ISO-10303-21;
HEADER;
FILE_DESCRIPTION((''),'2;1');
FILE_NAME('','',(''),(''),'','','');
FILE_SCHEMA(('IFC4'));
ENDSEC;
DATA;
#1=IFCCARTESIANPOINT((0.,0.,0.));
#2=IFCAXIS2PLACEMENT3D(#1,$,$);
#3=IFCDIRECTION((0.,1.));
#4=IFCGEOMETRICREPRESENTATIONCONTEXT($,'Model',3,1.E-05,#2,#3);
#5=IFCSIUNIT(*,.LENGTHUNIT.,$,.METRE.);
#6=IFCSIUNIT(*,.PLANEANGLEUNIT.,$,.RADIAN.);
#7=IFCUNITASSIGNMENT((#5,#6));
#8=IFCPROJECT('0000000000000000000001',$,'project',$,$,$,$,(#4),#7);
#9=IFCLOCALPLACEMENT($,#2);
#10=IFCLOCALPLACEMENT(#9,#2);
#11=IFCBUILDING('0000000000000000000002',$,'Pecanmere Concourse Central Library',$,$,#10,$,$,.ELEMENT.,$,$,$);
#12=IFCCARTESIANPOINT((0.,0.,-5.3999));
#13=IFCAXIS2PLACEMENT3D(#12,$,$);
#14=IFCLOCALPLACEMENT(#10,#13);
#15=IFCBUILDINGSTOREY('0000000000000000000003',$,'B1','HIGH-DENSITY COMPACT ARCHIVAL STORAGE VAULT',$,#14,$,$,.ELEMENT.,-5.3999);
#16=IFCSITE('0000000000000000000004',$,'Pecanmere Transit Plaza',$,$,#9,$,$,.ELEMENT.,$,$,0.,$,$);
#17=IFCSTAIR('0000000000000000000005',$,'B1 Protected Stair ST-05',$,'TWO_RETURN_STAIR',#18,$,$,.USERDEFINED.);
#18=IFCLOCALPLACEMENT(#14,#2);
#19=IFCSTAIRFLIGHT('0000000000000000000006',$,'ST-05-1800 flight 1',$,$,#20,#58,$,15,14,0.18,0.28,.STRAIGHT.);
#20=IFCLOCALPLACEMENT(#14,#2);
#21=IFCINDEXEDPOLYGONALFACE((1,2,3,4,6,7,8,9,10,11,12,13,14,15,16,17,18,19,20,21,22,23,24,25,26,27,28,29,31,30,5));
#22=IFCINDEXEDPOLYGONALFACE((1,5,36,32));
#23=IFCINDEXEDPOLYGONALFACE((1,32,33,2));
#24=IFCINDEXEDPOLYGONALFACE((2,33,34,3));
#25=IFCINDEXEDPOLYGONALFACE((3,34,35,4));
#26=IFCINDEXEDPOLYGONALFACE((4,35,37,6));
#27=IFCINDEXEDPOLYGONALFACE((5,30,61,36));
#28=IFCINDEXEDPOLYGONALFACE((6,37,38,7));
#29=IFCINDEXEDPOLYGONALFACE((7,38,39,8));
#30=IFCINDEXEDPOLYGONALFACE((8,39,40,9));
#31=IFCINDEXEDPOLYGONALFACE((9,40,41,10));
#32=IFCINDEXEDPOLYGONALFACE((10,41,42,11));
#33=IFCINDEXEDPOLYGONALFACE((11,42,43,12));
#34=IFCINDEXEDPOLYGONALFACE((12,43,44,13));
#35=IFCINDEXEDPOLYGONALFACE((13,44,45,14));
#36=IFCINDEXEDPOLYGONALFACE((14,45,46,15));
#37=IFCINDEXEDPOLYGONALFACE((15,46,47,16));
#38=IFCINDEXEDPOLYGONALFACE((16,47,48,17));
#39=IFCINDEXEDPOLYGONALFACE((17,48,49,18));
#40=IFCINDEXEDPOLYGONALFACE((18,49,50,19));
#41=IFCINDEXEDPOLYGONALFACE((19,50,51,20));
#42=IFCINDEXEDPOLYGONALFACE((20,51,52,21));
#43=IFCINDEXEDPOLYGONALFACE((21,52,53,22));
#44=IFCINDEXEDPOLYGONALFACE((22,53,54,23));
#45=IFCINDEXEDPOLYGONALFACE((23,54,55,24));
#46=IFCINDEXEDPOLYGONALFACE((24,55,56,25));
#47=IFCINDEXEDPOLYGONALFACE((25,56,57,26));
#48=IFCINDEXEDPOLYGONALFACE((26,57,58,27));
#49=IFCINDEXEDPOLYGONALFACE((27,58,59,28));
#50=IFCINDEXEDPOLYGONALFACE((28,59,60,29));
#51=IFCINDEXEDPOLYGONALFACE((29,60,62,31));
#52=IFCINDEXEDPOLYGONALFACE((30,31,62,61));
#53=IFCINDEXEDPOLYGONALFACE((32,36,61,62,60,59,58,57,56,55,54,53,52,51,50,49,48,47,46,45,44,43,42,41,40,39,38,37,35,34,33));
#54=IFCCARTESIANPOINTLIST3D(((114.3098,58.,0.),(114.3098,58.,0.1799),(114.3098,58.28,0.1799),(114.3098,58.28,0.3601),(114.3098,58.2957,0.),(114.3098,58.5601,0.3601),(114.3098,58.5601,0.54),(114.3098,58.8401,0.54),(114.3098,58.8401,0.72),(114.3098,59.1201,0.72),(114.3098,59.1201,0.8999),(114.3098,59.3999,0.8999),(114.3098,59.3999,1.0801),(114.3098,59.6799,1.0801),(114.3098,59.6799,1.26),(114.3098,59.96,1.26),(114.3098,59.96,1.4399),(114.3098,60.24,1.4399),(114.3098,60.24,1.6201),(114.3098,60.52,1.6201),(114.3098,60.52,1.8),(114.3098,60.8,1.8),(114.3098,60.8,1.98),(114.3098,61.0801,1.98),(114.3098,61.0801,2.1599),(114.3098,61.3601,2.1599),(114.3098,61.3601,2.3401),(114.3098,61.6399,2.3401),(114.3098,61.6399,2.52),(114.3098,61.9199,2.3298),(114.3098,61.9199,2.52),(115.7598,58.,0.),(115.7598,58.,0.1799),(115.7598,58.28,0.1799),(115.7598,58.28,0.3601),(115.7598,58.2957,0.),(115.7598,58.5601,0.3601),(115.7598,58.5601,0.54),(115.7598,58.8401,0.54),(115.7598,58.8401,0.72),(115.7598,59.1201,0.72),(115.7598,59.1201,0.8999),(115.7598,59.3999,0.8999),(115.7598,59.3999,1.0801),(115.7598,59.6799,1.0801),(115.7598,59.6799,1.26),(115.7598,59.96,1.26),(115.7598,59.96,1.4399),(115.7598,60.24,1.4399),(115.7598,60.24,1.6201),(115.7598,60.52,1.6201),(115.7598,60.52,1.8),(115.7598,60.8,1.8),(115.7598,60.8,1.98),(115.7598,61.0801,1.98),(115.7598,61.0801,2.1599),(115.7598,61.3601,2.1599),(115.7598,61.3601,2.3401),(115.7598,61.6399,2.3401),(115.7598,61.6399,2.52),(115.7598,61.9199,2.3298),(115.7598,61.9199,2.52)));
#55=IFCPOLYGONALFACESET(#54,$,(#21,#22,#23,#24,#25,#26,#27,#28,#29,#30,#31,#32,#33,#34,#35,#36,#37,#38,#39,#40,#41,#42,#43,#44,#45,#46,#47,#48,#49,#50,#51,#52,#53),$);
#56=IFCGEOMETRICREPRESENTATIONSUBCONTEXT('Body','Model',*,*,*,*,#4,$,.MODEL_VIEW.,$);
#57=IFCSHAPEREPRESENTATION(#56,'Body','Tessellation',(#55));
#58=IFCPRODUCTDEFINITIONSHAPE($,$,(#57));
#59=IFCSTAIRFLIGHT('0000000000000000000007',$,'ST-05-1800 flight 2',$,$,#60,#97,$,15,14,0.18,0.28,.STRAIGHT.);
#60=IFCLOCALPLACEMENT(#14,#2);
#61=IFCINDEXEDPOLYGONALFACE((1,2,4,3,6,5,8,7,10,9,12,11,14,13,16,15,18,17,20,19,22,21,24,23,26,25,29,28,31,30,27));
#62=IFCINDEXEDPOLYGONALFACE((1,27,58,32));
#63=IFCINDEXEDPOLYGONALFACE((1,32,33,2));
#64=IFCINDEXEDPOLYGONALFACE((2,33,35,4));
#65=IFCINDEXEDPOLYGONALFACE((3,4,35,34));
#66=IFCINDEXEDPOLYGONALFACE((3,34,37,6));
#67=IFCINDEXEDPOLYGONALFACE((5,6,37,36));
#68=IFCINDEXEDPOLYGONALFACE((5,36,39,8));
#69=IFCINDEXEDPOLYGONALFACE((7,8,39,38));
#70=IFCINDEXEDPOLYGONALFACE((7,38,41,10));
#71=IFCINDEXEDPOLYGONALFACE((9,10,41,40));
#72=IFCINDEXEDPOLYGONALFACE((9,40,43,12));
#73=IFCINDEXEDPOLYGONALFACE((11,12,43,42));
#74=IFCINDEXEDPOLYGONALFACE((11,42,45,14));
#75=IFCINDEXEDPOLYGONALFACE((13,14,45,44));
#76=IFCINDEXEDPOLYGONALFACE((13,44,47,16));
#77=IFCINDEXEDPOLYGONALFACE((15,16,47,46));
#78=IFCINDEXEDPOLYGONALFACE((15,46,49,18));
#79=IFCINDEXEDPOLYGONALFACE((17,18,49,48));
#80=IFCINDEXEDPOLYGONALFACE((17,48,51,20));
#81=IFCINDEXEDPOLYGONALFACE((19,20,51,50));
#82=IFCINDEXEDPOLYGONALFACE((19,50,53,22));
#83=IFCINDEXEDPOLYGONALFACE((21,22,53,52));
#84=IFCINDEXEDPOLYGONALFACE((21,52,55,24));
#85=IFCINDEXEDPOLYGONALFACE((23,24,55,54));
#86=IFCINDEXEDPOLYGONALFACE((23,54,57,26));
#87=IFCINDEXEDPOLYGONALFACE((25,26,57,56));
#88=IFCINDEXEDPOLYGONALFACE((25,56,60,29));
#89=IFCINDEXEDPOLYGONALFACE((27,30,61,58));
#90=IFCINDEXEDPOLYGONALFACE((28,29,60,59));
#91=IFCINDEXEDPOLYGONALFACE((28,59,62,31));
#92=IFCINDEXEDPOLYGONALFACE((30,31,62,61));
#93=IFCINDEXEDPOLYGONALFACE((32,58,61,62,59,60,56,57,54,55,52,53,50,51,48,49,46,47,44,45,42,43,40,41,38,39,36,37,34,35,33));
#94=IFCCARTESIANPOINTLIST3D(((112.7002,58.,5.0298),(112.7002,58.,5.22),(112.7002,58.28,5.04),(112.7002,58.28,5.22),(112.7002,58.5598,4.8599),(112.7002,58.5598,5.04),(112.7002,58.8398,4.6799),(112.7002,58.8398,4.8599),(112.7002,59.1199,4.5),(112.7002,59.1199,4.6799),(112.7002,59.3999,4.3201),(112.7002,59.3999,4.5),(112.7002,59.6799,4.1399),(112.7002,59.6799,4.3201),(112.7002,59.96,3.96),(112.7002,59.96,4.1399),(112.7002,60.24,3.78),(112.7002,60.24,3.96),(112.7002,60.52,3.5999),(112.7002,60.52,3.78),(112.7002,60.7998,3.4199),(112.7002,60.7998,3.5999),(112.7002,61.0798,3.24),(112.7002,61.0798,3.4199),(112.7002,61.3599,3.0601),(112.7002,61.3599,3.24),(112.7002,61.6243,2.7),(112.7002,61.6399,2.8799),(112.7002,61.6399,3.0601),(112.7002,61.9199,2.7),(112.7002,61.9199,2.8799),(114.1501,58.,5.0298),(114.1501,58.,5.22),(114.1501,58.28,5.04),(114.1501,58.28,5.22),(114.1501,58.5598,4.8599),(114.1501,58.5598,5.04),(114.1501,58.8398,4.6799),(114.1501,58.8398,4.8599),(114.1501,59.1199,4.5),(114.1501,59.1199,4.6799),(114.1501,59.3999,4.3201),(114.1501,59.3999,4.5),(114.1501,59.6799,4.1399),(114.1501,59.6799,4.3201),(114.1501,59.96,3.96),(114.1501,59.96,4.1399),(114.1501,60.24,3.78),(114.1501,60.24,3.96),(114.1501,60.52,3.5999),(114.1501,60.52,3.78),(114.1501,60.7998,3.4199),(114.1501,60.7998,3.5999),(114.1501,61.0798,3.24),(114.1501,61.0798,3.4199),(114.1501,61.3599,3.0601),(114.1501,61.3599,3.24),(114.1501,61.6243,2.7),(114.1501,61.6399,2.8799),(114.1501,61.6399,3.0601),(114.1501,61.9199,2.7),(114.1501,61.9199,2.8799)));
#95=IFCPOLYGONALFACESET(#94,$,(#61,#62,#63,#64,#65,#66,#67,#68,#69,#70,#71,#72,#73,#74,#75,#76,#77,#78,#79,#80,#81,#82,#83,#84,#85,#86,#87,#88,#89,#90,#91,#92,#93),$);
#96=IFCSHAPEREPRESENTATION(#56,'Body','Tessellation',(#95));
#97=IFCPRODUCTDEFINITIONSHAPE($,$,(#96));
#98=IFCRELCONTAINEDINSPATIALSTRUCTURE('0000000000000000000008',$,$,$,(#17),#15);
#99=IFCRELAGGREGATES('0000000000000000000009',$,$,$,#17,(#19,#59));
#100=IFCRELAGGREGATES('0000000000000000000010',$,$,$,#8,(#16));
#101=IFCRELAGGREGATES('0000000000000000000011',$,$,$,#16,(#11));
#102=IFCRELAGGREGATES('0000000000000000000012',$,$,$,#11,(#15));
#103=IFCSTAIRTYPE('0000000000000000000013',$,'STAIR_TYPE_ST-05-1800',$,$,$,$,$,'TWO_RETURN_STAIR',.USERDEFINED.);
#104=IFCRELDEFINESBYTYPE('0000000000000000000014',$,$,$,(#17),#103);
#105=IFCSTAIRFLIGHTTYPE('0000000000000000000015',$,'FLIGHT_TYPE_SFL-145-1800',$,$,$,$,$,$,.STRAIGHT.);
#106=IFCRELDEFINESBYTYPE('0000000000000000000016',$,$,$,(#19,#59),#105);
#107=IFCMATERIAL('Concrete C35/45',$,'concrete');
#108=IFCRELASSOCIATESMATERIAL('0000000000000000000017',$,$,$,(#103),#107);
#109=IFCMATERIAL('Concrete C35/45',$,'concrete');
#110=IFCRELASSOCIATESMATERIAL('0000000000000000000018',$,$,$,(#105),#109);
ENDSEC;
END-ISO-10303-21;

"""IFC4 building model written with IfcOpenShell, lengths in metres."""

from ifc_helpers import new_model, si_unit, direction, frame, origin, place, context, subcontext, project, spatial, polyline, outline, extrude, material, type_object, element, aggregate, save


model = new_model("IFC4")

# Units and contexts
model_context = context("Model", 3, precision=1e-05, world=origin(), true_north=direction((0.0, 1.0)))
body_context = subcontext(model_context, "Body", "Model", "MODEL_VIEW")
ifc_project = project(units=[si_unit("LENGTHUNIT", "METRE"), si_unit("PLANEANGLEUNIT", "RADIAN")], contexts=[model_context])

# Site, building, storey
site_placement = place(None, origin())
site = spatial("IfcSite", under=ifc_project, at=site_placement, Name="Pecanmere Transit Plaza", CompositionType="ELEMENT", RefElevation=0.0)
building_placement = place(site_placement, origin())
building = spatial("IfcBuilding", under=site, at=building_placement, Name="Pecanmere Concourse Central Library", CompositionType="ELEMENT")
storey_placement = place(building_placement, frame((0.0, 0.0, -5.3999)))
storey = spatial("IfcBuildingStorey", under=building, at=storey_placement, Name="B1", Description="HIGH-DENSITY COMPACT ARCHIVAL STORAGE VAULT", CompositionType="ELEMENT", Elevation=-5.3999)

# Stair, stair flights
ifc_material_1 = material(Name="Concrete C35/45", Category="concrete")
stair_type = type_object("IfcStairType", Name="STAIR_TYPE_ST-05-1800", ElementType="TWO_RETURN_STAIR", PredefinedType="USERDEFINED", material=ifc_material_1)
stair_placement = place(storey_placement, origin())
stair = element("IfcStair", 1, at=stair_placement, inside=storey, type_object=stair_type, Name="B1 Protected Stair ST-05", ObjectType="TWO_RETURN_STAIR", PredefinedType="USERDEFINED")
ifc_material_2 = material(Name="Concrete C35/45", Category="concrete")
stair_flight_type = type_object("IfcStairFlightType", Name="FLIGHT_TYPE_SFL-145-1800", PredefinedType="STRAIGHT", material=ifc_material_2)
stair_flight_1_placement = place(storey_placement, frame((115.0349, 58.0, 0.0), z_axis=(0.0, 0.0, 1.0), x_axis=(0.0, 1.0, 0.0)))
stair_flight_1 = element("IfcStairFlight", 2, at=stair_flight_1_placement, type_object=stair_flight_type, Name="ST-05-1800 flight 1", NumberOfRisers=15, NumberOfTreads=14, PredefinedType="STRAIGHT", RiserHeight=0.18, TreadLength=0.28, context=body_context, shape_type="SweptSolid", body=[
    extrude(outline(polyline([(0.0, 0.0), (0.0, 0.1799), (0.28, 0.1799), (0.28, 0.3601), (0.5601, 0.3601), (0.5601, 0.54), (0.8401, 0.54), (0.8401, 0.72), (1.1201, 0.72), (1.1201, 0.8999), (1.3999, 0.8999), (1.3999, 1.0801), (1.6799, 1.0801), (1.6799, 1.26), (1.96, 1.26), (1.96, 1.4399), (2.24, 1.4399), (2.24, 1.6201), (2.52, 1.6201), (2.52, 1.8), (2.8, 1.8), (2.8, 1.98), (3.0801, 1.98), (3.0801, 2.1599), (3.3601, 2.1599), (3.3601, 2.3401), (3.6399, 2.3401), (3.6399, 2.52), (3.9199, 2.52), (3.9199, 2.7), (3.9199, 2.3298), (0.2957, 0.0), (0.0, 0.0)])), frame((0.0, 0.7251, 0.0), z_axis=(0.0, -1.0, 0.0), x_axis=(1.0, 0.0, 0.0)), (0.0, 0.0, 1.0), 1.45),
])
stair_flight_2_placement = place(storey_placement, frame((113.425, 61.9199, 2.7), z_axis=(0.0, 0.0, 1.0), x_axis=(0.0, -1.0, 0.0)))
stair_flight_2 = element("IfcStairFlight", 3, at=stair_flight_2_placement, type_object=stair_flight_type, Name="ST-05-1800 flight 2", NumberOfRisers=15, NumberOfTreads=14, PredefinedType="STRAIGHT", RiserHeight=0.18, TreadLength=0.28, context=body_context, shape_type="SweptSolid", body=[
    extrude(outline(polyline([(0.0, 0.0), (0.0, 0.1799), (0.28, 0.1799), (0.28, 0.3601), (0.5601, 0.3601), (0.5601, 0.54), (0.8401, 0.54), (0.8401, 0.72), (1.1201, 0.72), (1.1201, 0.8999), (1.3999, 0.8999), (1.3999, 1.0801), (1.6799, 1.0801), (1.6799, 1.26), (1.96, 1.26), (1.96, 1.4399), (2.24, 1.4399), (2.24, 1.6201), (2.52, 1.6201), (2.52, 1.8), (2.8, 1.8), (2.8, 1.98), (3.0801, 1.98), (3.0801, 2.1599), (3.3601, 2.1599), (3.3601, 2.3401), (3.6399, 2.3401), (3.6399, 2.52), (3.9199, 2.52), (3.9199, 2.7), (3.9199, 2.3298), (0.2957, 0.0), (0.0, 0.0)])), frame((0.0, 0.7251, 0.0), z_axis=(0.0, -1.0, 0.0), x_axis=(1.0, 0.0, 0.0)), (0.0, 0.0, 1.0), 1.45),
])
aggregate(stair, [stair_flight_1, stair_flight_2])

save(model, "model.ifc")
